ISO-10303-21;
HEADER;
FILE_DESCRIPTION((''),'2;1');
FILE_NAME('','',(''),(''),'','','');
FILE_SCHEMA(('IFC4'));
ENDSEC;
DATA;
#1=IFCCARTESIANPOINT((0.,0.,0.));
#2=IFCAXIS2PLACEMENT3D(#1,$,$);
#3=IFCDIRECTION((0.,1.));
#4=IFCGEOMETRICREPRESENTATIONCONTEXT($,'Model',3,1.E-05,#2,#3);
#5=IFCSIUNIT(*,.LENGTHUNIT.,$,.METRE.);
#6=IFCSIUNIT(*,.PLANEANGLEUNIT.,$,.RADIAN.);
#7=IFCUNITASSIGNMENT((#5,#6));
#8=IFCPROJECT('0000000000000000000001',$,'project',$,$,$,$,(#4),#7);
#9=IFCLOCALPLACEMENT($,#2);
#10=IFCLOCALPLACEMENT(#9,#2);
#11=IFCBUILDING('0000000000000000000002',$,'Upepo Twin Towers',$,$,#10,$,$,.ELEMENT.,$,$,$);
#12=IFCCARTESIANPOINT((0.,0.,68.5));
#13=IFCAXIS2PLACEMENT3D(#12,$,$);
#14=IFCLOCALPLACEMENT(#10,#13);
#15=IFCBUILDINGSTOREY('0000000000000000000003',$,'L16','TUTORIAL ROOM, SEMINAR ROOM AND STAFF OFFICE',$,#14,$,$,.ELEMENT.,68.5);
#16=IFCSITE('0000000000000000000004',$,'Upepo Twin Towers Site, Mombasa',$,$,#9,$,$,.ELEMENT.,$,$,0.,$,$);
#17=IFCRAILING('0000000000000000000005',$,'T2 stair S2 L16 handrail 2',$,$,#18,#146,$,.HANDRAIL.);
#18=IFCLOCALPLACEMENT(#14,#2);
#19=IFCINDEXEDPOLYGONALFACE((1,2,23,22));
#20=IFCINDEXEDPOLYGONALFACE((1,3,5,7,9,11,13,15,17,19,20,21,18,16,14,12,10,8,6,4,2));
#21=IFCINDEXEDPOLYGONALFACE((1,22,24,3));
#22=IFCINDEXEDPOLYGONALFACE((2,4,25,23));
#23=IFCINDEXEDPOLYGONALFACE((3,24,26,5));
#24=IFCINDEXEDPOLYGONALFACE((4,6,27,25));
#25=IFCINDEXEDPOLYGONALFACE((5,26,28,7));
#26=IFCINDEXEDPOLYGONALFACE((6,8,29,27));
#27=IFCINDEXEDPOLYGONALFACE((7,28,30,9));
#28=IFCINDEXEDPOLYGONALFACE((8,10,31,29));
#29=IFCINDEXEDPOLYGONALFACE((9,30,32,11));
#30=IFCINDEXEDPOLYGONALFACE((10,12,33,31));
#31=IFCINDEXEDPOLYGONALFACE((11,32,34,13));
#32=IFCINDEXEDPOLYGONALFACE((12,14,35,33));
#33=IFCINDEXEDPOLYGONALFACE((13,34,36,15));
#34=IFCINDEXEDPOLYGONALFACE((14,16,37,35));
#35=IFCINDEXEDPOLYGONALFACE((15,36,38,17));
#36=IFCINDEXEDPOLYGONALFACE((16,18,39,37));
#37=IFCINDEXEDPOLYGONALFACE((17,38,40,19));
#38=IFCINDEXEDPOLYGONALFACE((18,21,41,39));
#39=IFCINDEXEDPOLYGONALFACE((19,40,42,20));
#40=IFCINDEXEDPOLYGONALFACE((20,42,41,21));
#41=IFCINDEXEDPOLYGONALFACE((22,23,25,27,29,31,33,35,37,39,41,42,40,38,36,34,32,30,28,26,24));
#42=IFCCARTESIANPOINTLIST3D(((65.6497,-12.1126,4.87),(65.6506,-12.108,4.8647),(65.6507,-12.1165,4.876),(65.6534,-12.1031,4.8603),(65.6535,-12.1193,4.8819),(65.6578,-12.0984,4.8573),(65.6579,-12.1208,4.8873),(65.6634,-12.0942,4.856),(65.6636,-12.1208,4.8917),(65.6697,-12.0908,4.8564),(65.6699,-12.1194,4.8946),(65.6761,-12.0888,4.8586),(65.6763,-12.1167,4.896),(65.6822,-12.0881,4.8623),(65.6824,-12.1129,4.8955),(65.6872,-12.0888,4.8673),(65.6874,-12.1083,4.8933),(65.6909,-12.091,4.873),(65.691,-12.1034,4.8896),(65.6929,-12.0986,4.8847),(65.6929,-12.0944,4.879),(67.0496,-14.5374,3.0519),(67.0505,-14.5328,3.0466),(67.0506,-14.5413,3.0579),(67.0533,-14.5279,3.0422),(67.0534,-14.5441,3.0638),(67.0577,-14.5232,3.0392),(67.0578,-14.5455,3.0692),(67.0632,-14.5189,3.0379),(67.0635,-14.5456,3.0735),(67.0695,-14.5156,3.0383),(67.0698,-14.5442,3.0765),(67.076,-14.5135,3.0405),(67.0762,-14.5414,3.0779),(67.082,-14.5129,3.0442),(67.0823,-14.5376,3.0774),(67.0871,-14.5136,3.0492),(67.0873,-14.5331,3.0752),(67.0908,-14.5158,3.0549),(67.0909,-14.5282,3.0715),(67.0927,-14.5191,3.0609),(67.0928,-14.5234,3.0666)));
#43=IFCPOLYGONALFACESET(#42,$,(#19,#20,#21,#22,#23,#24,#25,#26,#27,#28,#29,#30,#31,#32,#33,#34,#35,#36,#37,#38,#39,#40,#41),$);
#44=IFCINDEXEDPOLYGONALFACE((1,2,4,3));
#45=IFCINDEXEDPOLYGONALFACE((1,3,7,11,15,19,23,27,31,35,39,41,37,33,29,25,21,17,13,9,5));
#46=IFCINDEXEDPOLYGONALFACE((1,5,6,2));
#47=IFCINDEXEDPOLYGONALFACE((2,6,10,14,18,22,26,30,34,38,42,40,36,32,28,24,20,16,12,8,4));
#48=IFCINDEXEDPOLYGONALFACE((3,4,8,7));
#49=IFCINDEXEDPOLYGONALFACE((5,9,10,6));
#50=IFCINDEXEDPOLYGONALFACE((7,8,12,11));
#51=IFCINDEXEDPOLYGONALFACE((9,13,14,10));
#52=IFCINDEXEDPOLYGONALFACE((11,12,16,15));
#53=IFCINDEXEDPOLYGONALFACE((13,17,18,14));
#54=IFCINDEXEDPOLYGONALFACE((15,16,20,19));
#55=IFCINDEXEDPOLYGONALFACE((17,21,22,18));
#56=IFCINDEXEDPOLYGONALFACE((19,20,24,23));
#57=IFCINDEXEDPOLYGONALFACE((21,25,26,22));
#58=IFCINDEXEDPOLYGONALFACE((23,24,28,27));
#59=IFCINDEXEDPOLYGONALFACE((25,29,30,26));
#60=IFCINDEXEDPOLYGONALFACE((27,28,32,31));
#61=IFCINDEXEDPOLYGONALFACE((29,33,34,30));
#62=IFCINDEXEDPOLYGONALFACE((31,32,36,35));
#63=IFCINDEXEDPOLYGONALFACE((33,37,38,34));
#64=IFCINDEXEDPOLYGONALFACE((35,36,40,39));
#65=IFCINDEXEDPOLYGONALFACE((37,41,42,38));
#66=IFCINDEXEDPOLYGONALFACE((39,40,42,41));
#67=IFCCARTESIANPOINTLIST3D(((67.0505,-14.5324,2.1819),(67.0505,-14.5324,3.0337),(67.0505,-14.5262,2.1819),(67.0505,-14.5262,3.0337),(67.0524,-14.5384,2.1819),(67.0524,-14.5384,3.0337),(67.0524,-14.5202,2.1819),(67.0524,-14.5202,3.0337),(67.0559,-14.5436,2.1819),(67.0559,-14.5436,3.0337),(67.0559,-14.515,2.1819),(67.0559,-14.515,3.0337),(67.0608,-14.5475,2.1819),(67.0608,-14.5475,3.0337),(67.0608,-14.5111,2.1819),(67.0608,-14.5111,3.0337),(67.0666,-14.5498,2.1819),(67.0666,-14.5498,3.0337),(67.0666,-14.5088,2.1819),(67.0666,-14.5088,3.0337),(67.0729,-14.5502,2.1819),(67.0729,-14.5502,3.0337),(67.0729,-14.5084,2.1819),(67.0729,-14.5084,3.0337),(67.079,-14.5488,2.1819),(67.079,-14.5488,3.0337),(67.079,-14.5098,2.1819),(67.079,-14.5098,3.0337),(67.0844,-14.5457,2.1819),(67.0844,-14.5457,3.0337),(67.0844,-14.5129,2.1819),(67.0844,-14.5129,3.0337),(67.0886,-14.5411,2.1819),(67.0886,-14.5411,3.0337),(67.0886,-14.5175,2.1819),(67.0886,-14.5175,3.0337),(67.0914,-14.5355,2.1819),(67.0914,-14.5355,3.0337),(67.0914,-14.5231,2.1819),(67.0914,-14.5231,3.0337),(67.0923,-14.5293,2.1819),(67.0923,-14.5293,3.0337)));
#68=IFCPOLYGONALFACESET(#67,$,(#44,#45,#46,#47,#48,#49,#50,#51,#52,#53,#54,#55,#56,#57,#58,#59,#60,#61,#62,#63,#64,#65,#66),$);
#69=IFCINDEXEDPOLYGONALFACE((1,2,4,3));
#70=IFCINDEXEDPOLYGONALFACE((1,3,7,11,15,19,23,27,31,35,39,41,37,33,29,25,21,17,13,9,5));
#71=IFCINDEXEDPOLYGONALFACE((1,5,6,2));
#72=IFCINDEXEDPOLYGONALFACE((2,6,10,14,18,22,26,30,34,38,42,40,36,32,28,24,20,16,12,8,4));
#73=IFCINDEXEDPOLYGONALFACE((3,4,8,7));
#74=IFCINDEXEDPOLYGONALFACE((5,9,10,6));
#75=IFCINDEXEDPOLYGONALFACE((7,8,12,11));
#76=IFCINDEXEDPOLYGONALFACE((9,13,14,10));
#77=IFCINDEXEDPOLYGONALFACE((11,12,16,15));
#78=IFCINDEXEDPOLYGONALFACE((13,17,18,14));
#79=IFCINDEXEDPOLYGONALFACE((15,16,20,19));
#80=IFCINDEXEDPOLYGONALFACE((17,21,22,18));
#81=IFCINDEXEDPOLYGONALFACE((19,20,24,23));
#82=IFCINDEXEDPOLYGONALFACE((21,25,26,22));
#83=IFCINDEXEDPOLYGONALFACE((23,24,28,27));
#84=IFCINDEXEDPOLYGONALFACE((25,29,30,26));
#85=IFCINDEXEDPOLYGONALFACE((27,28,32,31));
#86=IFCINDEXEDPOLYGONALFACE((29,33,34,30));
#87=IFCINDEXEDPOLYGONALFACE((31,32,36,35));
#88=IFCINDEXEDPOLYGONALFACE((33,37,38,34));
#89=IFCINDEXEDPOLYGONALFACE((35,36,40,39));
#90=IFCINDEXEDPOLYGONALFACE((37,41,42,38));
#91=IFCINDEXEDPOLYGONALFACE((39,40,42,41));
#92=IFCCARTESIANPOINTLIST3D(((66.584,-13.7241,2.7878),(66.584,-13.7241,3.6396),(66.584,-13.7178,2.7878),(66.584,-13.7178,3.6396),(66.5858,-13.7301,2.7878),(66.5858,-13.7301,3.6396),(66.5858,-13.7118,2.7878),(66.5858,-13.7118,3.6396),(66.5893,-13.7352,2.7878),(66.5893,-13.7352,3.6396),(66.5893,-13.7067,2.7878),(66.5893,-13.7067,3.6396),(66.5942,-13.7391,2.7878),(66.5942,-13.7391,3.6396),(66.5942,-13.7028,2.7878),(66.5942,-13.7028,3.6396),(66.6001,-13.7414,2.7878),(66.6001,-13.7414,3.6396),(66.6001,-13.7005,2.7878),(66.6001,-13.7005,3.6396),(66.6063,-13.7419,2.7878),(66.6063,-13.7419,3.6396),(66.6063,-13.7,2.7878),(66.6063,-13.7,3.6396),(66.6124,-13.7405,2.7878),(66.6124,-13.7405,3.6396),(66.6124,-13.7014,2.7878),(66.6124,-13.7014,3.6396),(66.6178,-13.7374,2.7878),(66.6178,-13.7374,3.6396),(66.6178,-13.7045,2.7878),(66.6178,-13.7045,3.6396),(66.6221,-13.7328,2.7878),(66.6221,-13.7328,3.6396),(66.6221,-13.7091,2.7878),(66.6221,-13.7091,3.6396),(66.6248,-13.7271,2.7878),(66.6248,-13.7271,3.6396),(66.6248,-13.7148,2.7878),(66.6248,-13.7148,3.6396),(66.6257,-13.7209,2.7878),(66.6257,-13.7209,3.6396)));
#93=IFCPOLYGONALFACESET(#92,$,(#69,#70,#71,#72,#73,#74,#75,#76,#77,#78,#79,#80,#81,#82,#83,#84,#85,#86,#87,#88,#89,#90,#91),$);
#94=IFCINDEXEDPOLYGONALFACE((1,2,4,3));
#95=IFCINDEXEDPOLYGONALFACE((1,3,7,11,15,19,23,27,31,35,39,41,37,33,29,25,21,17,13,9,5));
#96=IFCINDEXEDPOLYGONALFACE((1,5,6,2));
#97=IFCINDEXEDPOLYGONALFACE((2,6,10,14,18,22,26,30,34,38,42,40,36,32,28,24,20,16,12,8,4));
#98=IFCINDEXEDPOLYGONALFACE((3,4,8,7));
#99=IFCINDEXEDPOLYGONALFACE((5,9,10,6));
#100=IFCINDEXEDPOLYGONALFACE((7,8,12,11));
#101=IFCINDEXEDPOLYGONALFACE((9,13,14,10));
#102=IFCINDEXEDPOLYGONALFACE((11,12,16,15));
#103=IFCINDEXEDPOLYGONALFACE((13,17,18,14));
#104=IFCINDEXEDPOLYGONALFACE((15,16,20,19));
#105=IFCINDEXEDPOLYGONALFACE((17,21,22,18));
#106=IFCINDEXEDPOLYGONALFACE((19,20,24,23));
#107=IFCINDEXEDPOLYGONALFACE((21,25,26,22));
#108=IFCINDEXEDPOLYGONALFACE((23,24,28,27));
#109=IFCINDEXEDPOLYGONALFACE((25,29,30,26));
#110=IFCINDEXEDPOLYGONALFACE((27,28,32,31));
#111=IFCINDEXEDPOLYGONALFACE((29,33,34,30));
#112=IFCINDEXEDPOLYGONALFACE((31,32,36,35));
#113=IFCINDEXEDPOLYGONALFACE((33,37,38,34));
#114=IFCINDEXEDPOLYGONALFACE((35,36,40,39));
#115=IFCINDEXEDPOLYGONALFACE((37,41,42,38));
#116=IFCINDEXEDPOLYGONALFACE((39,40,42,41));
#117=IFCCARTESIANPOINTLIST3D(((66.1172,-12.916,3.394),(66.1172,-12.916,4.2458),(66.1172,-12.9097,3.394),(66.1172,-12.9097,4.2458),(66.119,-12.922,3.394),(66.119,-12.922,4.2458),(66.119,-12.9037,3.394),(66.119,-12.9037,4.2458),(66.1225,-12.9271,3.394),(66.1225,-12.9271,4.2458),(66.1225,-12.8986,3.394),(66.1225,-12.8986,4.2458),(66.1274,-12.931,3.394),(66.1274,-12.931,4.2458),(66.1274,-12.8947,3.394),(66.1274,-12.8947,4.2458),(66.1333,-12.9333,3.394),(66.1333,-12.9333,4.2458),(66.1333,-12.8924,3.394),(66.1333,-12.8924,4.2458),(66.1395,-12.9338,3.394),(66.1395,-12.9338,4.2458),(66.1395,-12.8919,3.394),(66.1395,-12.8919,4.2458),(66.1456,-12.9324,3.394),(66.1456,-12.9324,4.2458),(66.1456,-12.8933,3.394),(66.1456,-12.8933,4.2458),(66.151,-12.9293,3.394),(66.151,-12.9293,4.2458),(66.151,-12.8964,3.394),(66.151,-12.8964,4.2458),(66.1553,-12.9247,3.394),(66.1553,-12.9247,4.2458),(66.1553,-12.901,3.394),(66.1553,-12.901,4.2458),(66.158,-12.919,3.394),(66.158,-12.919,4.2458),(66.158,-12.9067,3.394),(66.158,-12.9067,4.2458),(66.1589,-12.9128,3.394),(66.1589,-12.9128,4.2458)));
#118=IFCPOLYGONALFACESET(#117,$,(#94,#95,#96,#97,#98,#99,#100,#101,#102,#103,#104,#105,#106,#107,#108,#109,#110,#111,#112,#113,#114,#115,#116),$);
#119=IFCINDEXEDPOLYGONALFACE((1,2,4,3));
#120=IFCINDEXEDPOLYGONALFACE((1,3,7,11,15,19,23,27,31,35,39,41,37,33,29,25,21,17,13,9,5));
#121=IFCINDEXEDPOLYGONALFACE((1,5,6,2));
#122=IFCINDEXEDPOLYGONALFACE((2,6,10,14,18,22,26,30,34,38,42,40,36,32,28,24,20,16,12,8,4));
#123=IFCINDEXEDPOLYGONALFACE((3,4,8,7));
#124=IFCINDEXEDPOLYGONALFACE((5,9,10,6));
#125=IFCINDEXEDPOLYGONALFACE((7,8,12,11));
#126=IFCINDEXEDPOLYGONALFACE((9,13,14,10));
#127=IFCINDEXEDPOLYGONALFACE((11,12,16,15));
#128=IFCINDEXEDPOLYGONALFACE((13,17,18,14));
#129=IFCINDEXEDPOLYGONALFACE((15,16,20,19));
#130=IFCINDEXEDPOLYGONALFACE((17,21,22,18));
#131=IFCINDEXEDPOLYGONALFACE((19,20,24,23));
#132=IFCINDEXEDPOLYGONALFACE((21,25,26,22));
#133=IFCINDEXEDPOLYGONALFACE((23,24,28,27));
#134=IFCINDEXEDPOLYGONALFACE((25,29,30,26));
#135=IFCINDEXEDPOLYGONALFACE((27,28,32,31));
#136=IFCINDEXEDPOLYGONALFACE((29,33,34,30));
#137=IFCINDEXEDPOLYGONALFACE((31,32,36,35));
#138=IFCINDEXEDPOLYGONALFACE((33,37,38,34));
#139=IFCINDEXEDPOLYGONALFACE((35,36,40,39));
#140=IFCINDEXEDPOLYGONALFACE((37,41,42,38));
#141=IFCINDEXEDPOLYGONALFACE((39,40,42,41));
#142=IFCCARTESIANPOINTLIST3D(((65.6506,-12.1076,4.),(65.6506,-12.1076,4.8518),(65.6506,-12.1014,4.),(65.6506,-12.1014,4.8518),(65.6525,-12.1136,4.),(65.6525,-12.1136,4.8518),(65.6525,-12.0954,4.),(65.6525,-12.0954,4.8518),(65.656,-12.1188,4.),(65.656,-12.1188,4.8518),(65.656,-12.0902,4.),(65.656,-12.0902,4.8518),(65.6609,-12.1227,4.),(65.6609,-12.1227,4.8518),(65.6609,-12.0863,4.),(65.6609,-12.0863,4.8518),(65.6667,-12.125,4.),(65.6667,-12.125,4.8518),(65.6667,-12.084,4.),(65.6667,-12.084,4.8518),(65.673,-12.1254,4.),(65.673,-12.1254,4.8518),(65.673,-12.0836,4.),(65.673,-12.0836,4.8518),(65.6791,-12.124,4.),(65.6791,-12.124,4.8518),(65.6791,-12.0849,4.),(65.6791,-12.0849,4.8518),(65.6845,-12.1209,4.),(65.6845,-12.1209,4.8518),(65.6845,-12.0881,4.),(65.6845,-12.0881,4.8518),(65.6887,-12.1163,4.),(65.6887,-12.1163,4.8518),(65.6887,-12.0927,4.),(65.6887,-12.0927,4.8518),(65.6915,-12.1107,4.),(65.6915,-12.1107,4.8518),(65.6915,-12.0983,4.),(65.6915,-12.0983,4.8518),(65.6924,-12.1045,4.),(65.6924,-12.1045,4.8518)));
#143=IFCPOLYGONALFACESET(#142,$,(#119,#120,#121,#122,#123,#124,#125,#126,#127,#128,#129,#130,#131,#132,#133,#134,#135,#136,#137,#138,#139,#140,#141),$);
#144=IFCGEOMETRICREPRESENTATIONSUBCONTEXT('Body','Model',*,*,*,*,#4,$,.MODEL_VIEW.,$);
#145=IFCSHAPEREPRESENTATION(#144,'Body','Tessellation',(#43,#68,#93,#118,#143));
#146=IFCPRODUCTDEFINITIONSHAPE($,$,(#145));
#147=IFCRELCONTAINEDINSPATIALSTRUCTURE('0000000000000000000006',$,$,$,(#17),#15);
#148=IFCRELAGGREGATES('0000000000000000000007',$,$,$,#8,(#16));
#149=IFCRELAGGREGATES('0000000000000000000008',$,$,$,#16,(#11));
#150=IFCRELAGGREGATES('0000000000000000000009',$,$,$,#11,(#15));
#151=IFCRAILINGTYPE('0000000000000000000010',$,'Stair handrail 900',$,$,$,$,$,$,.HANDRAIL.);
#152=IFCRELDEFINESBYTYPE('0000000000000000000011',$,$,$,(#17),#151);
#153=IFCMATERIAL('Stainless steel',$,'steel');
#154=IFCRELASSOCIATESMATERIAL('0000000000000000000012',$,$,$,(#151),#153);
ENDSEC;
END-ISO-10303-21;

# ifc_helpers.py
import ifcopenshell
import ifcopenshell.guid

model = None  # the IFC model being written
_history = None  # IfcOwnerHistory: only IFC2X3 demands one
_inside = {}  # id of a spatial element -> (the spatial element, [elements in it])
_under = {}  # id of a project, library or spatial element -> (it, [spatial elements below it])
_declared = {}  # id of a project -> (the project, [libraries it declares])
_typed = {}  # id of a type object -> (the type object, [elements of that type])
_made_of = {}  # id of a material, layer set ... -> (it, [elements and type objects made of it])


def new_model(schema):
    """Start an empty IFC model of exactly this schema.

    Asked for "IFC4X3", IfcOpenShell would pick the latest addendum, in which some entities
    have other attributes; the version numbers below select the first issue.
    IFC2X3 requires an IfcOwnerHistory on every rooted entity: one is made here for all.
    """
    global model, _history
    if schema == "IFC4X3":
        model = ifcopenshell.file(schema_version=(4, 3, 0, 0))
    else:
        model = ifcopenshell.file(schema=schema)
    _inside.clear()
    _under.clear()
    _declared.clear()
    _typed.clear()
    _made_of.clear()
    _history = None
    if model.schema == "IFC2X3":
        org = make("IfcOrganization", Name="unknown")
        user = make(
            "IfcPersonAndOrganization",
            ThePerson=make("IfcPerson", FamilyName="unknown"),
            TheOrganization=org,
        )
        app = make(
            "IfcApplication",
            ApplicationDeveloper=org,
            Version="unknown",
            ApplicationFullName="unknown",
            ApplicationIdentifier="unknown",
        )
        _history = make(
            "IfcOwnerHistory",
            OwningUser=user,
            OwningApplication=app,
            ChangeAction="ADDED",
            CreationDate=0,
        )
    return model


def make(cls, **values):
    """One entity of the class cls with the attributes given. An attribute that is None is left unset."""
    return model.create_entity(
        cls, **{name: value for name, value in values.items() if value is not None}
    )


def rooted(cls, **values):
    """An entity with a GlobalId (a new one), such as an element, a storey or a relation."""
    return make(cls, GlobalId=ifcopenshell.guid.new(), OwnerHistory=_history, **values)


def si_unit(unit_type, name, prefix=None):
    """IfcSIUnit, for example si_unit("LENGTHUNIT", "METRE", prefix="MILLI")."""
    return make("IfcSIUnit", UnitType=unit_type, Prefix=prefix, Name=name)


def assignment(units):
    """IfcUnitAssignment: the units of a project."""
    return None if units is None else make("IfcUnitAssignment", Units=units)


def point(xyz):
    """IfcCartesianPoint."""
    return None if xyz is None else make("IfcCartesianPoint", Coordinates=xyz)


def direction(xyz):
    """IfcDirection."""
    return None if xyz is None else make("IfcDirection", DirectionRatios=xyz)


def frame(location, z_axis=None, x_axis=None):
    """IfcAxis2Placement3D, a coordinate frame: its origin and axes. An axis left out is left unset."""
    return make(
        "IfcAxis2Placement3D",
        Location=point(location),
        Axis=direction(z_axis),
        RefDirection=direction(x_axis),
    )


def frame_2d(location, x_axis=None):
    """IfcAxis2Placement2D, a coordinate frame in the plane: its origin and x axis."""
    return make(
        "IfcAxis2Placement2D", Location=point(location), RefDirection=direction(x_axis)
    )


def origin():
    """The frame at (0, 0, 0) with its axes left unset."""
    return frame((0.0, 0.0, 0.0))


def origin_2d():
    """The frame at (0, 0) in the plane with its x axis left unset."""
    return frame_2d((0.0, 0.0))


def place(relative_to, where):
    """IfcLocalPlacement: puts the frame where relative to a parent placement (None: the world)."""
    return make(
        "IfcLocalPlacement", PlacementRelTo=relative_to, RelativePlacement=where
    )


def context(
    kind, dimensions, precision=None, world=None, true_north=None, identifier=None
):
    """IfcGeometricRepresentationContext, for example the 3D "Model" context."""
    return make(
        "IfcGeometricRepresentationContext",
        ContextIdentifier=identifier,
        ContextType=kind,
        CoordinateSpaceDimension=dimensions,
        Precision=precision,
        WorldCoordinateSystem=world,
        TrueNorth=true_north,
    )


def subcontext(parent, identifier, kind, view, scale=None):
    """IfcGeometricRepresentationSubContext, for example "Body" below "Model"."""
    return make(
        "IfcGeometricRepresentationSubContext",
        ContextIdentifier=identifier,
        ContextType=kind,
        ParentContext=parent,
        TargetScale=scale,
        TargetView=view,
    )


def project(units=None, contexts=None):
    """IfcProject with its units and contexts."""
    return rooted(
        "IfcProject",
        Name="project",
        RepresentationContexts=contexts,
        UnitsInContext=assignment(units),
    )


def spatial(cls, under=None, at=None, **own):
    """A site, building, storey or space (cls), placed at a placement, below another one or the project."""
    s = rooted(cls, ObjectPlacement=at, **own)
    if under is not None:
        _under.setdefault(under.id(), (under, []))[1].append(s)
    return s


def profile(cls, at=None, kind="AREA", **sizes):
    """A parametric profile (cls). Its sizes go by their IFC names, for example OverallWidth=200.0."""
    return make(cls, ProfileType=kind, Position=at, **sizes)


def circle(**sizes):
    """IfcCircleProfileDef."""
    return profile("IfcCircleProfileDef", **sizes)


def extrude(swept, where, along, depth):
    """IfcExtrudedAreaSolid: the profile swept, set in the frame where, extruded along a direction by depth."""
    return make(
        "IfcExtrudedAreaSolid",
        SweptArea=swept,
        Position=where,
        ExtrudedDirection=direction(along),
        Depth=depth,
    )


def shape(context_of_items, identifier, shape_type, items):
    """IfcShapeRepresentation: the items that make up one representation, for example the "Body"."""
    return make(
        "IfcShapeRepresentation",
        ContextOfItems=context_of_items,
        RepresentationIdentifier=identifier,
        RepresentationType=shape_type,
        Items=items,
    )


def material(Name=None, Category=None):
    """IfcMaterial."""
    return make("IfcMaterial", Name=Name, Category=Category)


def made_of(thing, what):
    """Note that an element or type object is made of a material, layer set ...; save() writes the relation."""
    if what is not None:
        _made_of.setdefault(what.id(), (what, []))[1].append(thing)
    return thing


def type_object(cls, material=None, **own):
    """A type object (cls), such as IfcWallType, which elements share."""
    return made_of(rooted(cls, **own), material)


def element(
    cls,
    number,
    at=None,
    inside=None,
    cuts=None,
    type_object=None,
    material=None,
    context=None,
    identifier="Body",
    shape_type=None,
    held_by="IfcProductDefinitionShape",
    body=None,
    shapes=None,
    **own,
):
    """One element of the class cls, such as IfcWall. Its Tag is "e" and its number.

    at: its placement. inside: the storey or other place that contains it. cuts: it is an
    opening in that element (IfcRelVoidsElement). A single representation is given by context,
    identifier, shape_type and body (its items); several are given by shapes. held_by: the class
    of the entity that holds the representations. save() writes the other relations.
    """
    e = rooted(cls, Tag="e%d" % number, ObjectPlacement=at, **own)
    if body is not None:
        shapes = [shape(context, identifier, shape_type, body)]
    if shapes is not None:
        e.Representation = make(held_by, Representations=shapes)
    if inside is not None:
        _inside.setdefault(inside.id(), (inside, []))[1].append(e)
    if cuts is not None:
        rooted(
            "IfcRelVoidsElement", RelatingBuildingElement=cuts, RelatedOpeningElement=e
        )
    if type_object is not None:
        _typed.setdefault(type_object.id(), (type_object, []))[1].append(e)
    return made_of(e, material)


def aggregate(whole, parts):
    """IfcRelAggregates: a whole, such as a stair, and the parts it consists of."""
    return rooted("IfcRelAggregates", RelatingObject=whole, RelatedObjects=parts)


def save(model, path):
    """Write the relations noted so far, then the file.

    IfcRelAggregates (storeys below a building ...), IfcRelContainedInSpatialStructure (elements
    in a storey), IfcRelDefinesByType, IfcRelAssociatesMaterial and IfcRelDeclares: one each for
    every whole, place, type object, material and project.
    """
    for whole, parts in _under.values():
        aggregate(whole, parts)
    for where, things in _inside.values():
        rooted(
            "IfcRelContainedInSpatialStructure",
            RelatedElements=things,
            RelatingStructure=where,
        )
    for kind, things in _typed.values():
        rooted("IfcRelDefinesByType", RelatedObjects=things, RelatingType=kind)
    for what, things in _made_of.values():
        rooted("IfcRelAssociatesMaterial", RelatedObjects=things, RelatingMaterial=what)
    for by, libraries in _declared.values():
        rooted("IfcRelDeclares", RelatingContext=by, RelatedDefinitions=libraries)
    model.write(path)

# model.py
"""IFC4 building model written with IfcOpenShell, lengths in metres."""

from ifc_helpers import new_model, si_unit, direction, frame, origin, origin_2d, place, context, subcontext, project, spatial, circle, extrude, material, type_object, element, save


model = new_model("IFC4")

# Units and contexts
model_context = context("Model", 3, precision=1e-05, world=origin(), true_north=direction((0.0, 1.0)))
body_context = subcontext(model_context, "Body", "Model", "MODEL_VIEW")
ifc_project = project(units=[si_unit("LENGTHUNIT", "METRE"), si_unit("PLANEANGLEUNIT", "RADIAN")], contexts=[model_context])

# Site, building, storey
site_placement = place(None, origin())
site = spatial("IfcSite", under=ifc_project, at=site_placement, Name="Upepo Twin Towers Site, Mombasa", CompositionType="ELEMENT", RefElevation=0.0)
building_placement = place(site_placement, origin())
building = spatial("IfcBuilding", under=site, at=building_placement, Name="Upepo Twin Towers", CompositionType="ELEMENT")
storey_placement = place(building_placement, frame((0.0, 0.0, 68.5)))
storey = spatial("IfcBuildingStorey", under=building, at=storey_placement, Name="L16", Description="TUTORIAL ROOM, SEMINAR ROOM AND STAFF OFFICE", CompositionType="ELEMENT", Elevation=68.5)

# Railing
ifc_material_1 = material(Name="Stainless steel", Category="steel")
railing_type = type_object("IfcRailingType", Name="Stair handrail 900", PredefinedType="HANDRAIL", material=ifc_material_1)
railing_1_placement = place(storey_placement, frame((67.0713, -14.5293, 2.1819)))
element("IfcRailing", 1, at=railing_1_placement, inside=storey, type_object=railing_type, Name="T2 stair S2 L16 handrail 2", PredefinedType="HANDRAIL", context=body_context, shape_type="SweptSolid", body=[
    extrude(circle(Radius=0.0239, at=origin_2d()), frame((0.0, 0.0, 0.876), z_axis=(-0.419333, 0.726336, 0.544606), x_axis=(-0.866035, -0.499984, 0.0)), (0.0, 0.0, 1.0), 3.3384),
    extrude(circle(Radius=0.021, at=origin_2d()), origin(), (0.0, 0.0, 1.0), 0.8518),
    extrude(circle(Radius=0.021, at=origin_2d()), frame((-0.4666, 0.8083, 0.606)), (0.0, 0.0, 1.0), 0.8518),
    extrude(circle(Radius=0.021, at=origin_2d()), frame((-0.9333, 1.6165, 1.2122)), (0.0, 0.0, 1.0), 0.8518),
    extrude(circle(Radius=0.021, at=origin_2d()), frame((-1.3999, 2.4248, 1.8181)), (0.0, 0.0, 1.0), 0.8518),
])

save(model, "model.ifc")
